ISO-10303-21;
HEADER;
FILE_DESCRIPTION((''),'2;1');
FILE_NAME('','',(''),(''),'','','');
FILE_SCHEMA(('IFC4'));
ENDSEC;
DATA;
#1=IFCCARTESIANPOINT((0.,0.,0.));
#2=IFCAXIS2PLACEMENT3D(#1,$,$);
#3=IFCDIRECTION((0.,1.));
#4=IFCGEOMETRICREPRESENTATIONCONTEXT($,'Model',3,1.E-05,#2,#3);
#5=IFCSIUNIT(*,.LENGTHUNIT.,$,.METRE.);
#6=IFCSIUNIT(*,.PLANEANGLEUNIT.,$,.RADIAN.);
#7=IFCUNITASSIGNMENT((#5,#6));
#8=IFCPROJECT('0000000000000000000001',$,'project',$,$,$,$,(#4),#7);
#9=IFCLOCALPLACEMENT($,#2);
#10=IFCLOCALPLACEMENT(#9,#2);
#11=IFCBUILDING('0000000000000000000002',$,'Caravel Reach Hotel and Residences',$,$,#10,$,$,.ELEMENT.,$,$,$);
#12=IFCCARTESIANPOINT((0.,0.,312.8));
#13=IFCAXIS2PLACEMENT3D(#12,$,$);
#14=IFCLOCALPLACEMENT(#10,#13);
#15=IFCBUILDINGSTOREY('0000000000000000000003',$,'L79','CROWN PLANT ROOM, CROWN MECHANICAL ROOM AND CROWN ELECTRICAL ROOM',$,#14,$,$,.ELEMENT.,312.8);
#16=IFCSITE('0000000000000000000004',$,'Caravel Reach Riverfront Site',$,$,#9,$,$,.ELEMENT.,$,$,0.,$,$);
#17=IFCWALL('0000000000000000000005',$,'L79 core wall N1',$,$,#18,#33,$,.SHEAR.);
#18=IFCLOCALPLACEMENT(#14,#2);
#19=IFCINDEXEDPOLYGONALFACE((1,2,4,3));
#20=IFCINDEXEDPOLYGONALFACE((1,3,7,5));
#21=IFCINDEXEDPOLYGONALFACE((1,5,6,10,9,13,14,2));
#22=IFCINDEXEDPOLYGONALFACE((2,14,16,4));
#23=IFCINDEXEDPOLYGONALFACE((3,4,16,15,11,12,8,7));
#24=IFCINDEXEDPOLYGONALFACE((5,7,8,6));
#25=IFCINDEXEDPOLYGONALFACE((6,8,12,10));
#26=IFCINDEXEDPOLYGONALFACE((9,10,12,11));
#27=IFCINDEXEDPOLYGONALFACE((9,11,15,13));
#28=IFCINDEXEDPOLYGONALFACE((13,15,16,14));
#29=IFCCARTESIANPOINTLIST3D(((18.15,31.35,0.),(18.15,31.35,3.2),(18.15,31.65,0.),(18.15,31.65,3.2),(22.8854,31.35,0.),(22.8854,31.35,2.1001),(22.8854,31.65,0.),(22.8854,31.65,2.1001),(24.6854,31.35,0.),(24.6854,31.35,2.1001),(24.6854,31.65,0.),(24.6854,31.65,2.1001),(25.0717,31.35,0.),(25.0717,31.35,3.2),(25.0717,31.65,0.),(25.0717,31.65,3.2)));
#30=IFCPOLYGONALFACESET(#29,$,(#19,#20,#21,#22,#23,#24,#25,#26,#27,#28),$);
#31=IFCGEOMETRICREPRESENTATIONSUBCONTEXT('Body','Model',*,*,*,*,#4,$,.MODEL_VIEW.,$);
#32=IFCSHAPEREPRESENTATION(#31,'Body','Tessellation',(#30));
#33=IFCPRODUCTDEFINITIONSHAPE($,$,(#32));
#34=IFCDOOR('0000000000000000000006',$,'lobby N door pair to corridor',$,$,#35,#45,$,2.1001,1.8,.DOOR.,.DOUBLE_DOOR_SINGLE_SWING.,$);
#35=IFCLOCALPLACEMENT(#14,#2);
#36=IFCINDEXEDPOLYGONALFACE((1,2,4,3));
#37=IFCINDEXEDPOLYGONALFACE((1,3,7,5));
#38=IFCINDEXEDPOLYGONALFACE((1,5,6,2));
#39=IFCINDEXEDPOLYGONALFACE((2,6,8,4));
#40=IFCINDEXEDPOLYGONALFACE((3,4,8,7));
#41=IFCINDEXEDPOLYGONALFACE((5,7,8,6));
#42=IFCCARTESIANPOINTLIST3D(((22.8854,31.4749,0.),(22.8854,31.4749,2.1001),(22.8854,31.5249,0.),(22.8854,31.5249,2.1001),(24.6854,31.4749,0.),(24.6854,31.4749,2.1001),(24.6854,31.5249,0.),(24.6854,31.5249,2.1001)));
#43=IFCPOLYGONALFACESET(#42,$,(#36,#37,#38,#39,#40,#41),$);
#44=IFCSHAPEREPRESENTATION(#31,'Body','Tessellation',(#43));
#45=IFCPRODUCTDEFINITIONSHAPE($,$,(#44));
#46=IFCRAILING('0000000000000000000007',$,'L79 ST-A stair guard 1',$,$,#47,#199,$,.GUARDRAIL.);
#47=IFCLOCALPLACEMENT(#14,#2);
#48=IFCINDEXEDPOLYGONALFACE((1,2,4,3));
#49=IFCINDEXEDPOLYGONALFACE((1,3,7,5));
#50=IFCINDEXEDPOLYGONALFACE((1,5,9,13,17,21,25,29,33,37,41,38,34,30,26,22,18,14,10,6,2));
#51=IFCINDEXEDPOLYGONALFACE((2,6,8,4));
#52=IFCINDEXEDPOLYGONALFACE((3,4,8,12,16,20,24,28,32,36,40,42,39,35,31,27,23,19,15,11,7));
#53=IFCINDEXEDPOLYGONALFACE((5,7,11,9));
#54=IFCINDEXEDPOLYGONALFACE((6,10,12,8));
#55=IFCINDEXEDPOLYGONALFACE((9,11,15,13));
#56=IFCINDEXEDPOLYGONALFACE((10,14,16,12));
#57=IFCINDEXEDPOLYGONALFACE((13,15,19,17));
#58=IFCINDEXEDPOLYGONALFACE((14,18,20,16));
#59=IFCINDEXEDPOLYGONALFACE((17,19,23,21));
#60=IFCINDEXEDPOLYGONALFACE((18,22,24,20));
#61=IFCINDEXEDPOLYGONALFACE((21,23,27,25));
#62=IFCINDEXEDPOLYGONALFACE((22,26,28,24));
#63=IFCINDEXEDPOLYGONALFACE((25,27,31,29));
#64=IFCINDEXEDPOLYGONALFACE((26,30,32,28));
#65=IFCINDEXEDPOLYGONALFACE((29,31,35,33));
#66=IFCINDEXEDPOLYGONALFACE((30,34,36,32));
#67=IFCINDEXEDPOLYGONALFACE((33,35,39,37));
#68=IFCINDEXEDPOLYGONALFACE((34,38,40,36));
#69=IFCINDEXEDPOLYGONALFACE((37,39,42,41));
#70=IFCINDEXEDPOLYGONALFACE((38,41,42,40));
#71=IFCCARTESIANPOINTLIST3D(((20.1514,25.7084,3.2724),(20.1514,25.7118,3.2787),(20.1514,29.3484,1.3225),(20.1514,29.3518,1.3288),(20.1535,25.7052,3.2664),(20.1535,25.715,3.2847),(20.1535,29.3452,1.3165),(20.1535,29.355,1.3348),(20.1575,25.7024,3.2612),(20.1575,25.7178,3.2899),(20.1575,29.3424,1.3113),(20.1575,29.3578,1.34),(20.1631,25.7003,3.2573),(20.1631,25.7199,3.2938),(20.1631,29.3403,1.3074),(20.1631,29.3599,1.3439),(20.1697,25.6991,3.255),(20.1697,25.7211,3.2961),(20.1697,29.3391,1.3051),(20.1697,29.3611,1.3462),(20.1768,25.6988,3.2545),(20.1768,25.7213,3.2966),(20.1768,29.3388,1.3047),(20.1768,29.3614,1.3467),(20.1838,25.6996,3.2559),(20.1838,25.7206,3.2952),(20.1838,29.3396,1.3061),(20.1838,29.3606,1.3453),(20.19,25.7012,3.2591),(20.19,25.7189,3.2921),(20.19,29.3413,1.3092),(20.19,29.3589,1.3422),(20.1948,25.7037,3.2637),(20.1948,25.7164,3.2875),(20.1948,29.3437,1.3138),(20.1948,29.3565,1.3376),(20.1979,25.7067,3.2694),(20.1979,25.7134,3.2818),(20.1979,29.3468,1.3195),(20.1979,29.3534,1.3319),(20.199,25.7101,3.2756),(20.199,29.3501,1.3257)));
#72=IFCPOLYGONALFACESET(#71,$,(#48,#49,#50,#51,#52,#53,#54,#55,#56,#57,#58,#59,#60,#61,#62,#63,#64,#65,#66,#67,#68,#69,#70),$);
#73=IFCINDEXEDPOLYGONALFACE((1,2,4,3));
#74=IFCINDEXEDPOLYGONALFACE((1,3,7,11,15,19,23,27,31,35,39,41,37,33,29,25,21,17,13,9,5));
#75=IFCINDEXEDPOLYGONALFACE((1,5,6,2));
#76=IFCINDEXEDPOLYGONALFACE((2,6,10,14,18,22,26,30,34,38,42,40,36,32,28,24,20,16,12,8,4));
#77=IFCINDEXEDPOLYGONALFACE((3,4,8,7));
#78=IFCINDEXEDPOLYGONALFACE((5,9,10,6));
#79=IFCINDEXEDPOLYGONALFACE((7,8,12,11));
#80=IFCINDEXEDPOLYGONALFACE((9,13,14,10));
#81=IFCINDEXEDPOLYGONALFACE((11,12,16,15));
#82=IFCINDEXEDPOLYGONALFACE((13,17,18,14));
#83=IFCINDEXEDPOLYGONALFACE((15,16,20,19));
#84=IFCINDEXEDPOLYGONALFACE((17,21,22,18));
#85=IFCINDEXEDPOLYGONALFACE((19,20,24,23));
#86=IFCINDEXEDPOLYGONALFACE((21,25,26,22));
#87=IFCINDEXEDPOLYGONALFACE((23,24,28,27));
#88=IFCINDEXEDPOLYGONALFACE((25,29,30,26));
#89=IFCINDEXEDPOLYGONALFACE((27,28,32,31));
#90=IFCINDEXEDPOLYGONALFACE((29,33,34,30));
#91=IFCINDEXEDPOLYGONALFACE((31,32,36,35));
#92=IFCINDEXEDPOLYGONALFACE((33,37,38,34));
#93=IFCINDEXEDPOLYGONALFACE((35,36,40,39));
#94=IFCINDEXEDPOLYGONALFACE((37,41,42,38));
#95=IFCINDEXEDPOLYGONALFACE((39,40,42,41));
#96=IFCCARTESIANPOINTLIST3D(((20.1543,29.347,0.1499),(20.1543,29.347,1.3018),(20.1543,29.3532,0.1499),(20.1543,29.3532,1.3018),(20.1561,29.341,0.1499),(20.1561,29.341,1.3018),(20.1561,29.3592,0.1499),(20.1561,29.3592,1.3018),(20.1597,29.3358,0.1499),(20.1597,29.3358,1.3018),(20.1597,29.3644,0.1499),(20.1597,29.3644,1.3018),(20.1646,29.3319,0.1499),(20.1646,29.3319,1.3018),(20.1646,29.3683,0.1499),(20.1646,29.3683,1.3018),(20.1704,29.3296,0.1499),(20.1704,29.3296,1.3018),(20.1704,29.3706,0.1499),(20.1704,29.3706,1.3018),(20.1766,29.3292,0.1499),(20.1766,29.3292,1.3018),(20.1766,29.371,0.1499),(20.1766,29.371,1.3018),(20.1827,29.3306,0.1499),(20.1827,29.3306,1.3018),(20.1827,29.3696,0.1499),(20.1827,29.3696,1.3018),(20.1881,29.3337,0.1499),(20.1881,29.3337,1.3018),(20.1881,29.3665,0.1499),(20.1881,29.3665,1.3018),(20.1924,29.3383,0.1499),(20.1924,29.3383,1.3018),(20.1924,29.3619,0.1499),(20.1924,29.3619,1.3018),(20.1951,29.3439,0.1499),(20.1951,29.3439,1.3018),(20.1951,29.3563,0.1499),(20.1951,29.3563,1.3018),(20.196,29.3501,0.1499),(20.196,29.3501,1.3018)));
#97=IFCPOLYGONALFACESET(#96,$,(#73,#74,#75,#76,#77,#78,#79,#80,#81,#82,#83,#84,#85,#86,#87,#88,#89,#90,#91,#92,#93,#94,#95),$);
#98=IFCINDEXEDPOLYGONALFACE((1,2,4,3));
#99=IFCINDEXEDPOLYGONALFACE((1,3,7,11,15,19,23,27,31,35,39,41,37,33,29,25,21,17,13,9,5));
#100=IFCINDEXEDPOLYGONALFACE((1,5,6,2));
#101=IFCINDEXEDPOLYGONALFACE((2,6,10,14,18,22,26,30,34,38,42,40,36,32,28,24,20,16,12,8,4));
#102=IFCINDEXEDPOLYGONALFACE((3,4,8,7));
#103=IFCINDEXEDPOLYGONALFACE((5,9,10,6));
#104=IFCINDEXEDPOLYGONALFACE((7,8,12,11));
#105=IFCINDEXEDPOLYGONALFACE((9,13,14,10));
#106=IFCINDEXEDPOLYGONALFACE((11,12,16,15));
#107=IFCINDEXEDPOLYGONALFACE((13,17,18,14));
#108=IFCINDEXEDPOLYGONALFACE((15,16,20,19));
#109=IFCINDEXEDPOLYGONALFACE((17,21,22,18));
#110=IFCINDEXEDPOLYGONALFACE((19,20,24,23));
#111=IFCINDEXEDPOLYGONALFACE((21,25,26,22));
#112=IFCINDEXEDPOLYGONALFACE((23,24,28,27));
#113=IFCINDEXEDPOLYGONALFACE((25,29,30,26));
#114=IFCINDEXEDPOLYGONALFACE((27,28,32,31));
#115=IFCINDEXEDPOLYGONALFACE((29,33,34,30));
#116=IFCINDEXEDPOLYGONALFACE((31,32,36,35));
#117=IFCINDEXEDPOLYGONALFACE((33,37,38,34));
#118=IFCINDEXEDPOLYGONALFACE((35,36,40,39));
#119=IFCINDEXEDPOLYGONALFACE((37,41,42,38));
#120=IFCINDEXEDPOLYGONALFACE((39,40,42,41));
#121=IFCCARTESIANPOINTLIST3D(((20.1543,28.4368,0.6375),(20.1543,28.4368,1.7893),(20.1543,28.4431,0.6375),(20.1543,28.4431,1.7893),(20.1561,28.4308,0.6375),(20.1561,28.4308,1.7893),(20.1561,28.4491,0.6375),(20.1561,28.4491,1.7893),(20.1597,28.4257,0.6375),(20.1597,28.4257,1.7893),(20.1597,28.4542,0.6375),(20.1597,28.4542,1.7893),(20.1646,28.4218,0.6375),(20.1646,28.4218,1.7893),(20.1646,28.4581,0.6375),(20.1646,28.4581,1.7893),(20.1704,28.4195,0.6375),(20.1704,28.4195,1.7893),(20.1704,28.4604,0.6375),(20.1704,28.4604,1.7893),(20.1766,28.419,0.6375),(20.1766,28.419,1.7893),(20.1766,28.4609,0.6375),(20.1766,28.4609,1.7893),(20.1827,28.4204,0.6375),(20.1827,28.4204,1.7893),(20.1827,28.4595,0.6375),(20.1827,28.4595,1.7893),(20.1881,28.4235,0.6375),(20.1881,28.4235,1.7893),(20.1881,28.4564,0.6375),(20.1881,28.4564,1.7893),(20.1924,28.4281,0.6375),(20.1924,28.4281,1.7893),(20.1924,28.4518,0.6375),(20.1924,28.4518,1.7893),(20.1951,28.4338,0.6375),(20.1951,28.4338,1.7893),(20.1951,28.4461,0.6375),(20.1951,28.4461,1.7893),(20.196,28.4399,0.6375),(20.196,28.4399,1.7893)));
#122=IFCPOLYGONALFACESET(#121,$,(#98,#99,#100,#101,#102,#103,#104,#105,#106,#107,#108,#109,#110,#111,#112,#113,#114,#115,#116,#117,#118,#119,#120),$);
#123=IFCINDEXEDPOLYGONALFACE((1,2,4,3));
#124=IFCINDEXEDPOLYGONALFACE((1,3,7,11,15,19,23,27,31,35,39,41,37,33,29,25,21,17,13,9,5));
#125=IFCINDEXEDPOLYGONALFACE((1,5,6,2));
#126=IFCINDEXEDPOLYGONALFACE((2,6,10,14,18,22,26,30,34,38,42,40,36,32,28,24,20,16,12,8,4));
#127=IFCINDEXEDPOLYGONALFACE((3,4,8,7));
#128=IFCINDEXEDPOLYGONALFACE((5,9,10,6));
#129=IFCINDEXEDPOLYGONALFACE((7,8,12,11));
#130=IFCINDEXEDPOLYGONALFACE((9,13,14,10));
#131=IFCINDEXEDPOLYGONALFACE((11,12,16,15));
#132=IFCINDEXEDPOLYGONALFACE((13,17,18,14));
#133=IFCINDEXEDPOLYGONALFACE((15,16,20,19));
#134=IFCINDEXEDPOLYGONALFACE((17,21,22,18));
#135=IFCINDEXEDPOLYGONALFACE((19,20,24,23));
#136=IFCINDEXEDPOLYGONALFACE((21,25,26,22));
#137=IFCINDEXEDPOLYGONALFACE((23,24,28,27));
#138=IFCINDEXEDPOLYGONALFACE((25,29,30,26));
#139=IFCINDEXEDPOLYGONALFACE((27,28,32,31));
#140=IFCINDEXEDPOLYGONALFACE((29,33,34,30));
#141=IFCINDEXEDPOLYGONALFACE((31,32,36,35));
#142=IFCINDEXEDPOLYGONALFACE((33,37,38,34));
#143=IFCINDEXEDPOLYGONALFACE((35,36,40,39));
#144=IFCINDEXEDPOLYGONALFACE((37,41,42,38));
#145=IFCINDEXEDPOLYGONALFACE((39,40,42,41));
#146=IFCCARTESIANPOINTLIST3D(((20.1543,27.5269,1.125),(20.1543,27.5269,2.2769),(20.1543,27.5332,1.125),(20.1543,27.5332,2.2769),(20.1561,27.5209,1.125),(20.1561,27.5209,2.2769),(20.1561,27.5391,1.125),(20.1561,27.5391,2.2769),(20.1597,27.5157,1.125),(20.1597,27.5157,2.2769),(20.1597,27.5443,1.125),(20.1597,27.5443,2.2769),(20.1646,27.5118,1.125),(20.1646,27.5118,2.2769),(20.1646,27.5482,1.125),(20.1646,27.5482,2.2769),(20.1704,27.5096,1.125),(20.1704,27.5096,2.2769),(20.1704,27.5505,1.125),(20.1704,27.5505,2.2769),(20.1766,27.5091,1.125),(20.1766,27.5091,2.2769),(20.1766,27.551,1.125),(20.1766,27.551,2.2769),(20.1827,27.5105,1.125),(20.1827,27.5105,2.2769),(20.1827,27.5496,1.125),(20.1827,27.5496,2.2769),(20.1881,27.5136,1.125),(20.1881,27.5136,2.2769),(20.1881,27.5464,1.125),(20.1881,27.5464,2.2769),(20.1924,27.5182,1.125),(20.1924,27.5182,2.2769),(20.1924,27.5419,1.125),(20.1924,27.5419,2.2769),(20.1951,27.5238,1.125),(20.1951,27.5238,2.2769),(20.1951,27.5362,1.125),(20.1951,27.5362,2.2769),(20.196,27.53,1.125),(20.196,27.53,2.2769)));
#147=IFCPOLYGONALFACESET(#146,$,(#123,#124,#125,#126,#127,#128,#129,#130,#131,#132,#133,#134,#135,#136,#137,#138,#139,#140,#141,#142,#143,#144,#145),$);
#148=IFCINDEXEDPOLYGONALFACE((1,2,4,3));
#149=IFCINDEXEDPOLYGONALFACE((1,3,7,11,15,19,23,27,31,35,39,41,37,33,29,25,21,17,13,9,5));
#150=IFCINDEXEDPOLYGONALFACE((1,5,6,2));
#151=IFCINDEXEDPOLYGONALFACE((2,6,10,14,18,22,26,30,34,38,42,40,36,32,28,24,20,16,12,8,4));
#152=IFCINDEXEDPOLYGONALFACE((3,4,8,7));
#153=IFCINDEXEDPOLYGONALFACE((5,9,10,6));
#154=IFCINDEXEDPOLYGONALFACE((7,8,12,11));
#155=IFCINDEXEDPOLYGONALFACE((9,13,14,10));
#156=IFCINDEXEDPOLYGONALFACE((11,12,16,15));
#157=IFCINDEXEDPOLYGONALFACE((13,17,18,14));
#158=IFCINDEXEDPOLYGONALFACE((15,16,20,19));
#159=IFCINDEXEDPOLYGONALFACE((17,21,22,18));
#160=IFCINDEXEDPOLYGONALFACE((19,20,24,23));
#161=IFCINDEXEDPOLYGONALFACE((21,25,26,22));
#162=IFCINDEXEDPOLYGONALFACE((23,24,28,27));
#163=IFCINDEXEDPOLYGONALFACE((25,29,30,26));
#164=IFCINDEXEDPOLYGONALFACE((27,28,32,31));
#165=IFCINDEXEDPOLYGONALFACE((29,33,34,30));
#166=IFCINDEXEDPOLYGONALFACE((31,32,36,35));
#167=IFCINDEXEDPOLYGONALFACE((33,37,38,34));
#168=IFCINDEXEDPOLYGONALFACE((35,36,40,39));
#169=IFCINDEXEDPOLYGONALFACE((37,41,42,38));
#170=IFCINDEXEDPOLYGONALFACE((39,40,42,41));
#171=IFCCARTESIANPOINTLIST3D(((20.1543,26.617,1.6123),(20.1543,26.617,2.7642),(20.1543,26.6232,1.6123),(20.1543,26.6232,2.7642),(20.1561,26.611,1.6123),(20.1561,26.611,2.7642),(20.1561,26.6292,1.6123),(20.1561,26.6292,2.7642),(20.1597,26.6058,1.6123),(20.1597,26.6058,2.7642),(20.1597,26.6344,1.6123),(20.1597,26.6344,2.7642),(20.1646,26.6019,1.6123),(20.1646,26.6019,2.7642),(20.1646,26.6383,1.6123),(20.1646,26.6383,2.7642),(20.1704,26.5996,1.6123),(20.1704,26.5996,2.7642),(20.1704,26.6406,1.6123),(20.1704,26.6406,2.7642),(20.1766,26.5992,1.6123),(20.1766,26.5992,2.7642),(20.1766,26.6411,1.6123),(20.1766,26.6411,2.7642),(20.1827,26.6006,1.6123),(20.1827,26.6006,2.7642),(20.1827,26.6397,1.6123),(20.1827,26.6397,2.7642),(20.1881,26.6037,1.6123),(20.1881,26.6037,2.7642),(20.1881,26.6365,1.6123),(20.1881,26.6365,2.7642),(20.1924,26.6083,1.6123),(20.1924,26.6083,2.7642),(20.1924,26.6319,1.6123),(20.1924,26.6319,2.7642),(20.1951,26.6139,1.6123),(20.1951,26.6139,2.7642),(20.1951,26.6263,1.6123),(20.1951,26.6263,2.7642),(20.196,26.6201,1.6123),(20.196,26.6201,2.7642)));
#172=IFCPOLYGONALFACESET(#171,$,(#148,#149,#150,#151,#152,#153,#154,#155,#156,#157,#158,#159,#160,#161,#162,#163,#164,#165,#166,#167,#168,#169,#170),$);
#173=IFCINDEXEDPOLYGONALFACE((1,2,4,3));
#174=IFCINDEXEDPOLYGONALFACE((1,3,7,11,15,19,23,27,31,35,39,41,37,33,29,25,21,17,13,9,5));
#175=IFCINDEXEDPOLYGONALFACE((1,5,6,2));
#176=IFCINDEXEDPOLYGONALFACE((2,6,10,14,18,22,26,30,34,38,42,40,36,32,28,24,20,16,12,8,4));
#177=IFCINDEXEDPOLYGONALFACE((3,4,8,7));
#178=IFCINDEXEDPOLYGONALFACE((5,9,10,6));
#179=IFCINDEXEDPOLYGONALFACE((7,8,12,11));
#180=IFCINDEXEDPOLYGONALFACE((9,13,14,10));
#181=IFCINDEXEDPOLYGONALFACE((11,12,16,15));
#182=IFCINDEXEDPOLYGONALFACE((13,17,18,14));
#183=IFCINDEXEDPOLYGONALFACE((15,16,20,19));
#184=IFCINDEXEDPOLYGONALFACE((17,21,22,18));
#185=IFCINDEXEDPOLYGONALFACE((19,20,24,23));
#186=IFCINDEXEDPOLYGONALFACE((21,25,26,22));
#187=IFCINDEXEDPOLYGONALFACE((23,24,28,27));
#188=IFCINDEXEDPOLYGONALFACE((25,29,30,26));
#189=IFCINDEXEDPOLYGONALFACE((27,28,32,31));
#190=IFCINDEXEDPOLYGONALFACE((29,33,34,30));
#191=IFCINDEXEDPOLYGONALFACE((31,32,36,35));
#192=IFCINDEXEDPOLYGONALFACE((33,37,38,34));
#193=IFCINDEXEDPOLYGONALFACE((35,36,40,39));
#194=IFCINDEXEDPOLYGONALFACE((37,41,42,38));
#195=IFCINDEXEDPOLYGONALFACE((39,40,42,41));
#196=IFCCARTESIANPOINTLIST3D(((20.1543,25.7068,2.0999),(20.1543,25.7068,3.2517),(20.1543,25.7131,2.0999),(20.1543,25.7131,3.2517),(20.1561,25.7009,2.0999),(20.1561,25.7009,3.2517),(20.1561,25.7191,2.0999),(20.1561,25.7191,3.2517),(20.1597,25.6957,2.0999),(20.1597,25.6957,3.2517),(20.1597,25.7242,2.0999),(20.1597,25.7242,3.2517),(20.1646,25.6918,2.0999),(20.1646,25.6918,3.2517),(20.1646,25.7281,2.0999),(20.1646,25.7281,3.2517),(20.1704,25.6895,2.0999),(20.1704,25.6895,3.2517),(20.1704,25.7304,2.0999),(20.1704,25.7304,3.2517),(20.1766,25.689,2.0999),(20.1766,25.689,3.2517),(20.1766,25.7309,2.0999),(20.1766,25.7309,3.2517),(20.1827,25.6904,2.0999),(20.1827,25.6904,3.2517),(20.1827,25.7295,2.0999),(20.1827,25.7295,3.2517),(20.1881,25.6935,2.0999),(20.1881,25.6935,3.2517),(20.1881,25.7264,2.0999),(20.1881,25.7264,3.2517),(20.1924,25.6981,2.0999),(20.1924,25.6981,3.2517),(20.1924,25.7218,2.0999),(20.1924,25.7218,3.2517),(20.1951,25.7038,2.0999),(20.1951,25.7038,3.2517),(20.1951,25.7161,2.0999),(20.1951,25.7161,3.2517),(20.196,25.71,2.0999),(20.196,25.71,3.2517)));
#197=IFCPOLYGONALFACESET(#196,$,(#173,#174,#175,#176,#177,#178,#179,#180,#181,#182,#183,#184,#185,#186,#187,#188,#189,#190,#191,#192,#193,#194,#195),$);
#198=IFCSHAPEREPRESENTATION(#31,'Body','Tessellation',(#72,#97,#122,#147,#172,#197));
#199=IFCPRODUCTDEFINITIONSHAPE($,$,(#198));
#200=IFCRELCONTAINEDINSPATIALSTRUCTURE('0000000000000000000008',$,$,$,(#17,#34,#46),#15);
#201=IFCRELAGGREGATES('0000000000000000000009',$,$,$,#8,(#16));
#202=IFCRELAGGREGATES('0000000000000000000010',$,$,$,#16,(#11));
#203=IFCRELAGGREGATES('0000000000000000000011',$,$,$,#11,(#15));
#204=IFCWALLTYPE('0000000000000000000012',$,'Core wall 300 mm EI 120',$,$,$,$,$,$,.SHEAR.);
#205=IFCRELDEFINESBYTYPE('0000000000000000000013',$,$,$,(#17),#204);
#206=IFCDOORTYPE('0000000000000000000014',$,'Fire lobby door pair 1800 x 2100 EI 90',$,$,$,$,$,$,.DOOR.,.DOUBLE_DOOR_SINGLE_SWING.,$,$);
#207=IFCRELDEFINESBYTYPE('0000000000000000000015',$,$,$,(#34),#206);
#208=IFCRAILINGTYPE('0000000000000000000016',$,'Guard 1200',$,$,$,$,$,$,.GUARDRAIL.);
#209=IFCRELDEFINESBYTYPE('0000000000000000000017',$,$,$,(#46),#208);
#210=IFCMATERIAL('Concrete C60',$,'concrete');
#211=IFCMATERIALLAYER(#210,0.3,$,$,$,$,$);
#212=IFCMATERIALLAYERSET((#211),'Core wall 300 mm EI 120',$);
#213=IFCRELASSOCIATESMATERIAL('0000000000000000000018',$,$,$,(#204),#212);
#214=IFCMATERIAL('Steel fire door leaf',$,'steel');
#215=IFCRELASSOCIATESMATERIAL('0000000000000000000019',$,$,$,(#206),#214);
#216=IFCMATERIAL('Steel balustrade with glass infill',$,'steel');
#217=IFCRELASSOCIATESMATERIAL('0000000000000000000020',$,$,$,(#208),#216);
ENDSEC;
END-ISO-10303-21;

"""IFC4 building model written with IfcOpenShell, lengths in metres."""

from ifc_helpers import new_model, si_unit, direction, frame, frame_2d, origin, origin_2d, place, context, subcontext, project, spatial, rectangle, circle, extrude, material, layer, layer_set, type_object, element, fill, save


model = new_model("IFC4")

# Units and contexts
model_context = context("Model", 3, precision=1e-05, world=origin(), true_north=direction((0.0, 1.0)))
body_context = subcontext(model_context, "Body", "Model", "MODEL_VIEW")
ifc_project = project(units=[si_unit("LENGTHUNIT", "METRE"), si_unit("PLANEANGLEUNIT", "RADIAN")], contexts=[model_context])

# Site, building, storey
site_placement = place(None, origin())
site = spatial("IfcSite", under=ifc_project, at=site_placement, Name="Caravel Reach Riverfront Site", CompositionType="ELEMENT", RefElevation=0.0)
building_placement = place(site_placement, origin())
building = spatial("IfcBuilding", under=site, at=building_placement, Name="Caravel Reach Hotel and Residences", CompositionType="ELEMENT")
storey_placement = place(building_placement, frame((0.0, 0.0, 312.8)))
storey = spatial("IfcBuildingStorey", under=building, at=storey_placement, Name="L79", Description="CROWN PLANT ROOM, CROWN MECHANICAL ROOM AND CROWN ELECTRICAL ROOM", CompositionType="ELEMENT", Elevation=312.8)

# Wall, opening, door
ifc_material_1 = material(Name="Concrete C60", Category="concrete")
ifc_layer_1 = layer(ifc_material_1, 0.3)
ifc_layer_set_1 = layer_set([ifc_layer_1], Name="Core wall 300 mm EI 120")
wall_type_1 = type_object("IfcWallType", Name="Core wall 300 mm EI 120", PredefinedType="SHEAR", material=ifc_layer_set_1)
wall_1_placement = place(storey_placement, frame((18.1499, 31.5, 0.0), z_axis=(0.0, 0.0, 1.0), x_axis=(1.0, 0.0, 0.0)))
wall_1 = element("IfcWall", 1, at=wall_1_placement, inside=storey, type_object=wall_type_1, Name="L79 core wall N1", PredefinedType="SHEAR", context=body_context, shape_type="SweptSolid", body=[
    extrude(rectangle(XDim=6.9216, YDim=0.3, at=frame_2d((3.4609, 0.0))), origin(), (0.0, 0.0, 1.0), 3.2),
])
opening_1_placement = place(wall_1_placement, frame((4.7356, 0.0, 0.0)))
opening_1 = element("IfcOpeningElement", 2, at=opening_1_placement, cuts=wall_1, PredefinedType="OPENING", context=body_context, shape_type="SweptSolid", body=[
    extrude(rectangle(XDim=1.8, YDim=2.1001, at=frame_2d((0.8999, 1.05))), frame((0.0, 0.1599, 0.0), z_axis=(0.0, -1.0, 0.0), x_axis=(1.0, 0.0, 0.0)), (0.0, 0.0, 1.0), 0.3201),
])
ifc_material_2 = material(Name="Steel fire door leaf", Category="steel")
door_type_1 = type_object("IfcDoorType", Name="Fire lobby door pair 1800 x 2100 EI 90", OperationType="DOUBLE_DOOR_SINGLE_SWING", PredefinedType="DOOR", material=ifc_material_2)
door_1_placement = place(opening_1_placement, origin())
door_1 = element("IfcDoor", 3, at=door_1_placement, inside=storey, type_object=door_type_1, Name="lobby N door pair to corridor", OperationType="DOUBLE_DOOR_SINGLE_SWING", OverallHeight=2.1001, OverallWidth=1.8, PredefinedType="DOOR", context=body_context, shape_type="SweptSolid", body=[
    extrude(rectangle(XDim=1.8, YDim=2.1001, at=frame_2d((0.8999, 1.05))), frame((0.0, 0.0249, 0.0), z_axis=(0.0, -1.0, 0.0), x_axis=(1.0, 0.0, 0.0)), (0.0, 0.0, 1.0), 0.05),
])
fill(opening_1, door_1)

# Railing
ifc_material_3 = material(Name="Steel balustrade with glass infill", Category="steel")
railing_type_1 = type_object("IfcRailingType", Name="Guard 1200", PredefinedType="GUARDRAIL", material=ifc_material_3)
railing_1_placement = place(storey_placement, frame((20.175, 29.3501, 0.1499)))
element("IfcRailing", 4, at=railing_1_placement, inside=storey, type_object=railing_type_1, Name="L79 ST-A stair guard 1", PredefinedType="GUARDRAIL", context=body_context, shape_type="SweptSolid", body=[
    extrude(circle(Radius=0.0239, at=origin_2d()), frame((0.0, 0.0, 1.1758), z_axis=(0.0, -0.881492, 0.472198), x_axis=(1.0, 0.0, 0.0)), (0.0, 0.0, 1.0), 4.1294),
    extrude(circle(Radius=0.021, at=origin_2d()), origin(), (0.0, 0.0, 1.0), 1.1519),
    extrude(circle(Radius=0.021, at=origin_2d()), frame((0.0, -0.9102, 0.4875)), (0.0, 0.0, 1.0), 1.1519),
    extrude(circle(Radius=0.021, at=origin_2d()), frame((0.0, -1.8201, 0.9751)), (0.0, 0.0, 1.0), 1.1519),
    extrude(circle(Radius=0.021, at=origin_2d()), frame((0.0, -2.73, 1.4624)), (0.0, 0.0, 1.0), 1.1519),
    extrude(circle(Radius=0.021, at=origin_2d()), frame((0.0, -3.6401, 1.95)), (0.0, 0.0, 1.0), 1.1519),
])

save(model, "model.ifc")
